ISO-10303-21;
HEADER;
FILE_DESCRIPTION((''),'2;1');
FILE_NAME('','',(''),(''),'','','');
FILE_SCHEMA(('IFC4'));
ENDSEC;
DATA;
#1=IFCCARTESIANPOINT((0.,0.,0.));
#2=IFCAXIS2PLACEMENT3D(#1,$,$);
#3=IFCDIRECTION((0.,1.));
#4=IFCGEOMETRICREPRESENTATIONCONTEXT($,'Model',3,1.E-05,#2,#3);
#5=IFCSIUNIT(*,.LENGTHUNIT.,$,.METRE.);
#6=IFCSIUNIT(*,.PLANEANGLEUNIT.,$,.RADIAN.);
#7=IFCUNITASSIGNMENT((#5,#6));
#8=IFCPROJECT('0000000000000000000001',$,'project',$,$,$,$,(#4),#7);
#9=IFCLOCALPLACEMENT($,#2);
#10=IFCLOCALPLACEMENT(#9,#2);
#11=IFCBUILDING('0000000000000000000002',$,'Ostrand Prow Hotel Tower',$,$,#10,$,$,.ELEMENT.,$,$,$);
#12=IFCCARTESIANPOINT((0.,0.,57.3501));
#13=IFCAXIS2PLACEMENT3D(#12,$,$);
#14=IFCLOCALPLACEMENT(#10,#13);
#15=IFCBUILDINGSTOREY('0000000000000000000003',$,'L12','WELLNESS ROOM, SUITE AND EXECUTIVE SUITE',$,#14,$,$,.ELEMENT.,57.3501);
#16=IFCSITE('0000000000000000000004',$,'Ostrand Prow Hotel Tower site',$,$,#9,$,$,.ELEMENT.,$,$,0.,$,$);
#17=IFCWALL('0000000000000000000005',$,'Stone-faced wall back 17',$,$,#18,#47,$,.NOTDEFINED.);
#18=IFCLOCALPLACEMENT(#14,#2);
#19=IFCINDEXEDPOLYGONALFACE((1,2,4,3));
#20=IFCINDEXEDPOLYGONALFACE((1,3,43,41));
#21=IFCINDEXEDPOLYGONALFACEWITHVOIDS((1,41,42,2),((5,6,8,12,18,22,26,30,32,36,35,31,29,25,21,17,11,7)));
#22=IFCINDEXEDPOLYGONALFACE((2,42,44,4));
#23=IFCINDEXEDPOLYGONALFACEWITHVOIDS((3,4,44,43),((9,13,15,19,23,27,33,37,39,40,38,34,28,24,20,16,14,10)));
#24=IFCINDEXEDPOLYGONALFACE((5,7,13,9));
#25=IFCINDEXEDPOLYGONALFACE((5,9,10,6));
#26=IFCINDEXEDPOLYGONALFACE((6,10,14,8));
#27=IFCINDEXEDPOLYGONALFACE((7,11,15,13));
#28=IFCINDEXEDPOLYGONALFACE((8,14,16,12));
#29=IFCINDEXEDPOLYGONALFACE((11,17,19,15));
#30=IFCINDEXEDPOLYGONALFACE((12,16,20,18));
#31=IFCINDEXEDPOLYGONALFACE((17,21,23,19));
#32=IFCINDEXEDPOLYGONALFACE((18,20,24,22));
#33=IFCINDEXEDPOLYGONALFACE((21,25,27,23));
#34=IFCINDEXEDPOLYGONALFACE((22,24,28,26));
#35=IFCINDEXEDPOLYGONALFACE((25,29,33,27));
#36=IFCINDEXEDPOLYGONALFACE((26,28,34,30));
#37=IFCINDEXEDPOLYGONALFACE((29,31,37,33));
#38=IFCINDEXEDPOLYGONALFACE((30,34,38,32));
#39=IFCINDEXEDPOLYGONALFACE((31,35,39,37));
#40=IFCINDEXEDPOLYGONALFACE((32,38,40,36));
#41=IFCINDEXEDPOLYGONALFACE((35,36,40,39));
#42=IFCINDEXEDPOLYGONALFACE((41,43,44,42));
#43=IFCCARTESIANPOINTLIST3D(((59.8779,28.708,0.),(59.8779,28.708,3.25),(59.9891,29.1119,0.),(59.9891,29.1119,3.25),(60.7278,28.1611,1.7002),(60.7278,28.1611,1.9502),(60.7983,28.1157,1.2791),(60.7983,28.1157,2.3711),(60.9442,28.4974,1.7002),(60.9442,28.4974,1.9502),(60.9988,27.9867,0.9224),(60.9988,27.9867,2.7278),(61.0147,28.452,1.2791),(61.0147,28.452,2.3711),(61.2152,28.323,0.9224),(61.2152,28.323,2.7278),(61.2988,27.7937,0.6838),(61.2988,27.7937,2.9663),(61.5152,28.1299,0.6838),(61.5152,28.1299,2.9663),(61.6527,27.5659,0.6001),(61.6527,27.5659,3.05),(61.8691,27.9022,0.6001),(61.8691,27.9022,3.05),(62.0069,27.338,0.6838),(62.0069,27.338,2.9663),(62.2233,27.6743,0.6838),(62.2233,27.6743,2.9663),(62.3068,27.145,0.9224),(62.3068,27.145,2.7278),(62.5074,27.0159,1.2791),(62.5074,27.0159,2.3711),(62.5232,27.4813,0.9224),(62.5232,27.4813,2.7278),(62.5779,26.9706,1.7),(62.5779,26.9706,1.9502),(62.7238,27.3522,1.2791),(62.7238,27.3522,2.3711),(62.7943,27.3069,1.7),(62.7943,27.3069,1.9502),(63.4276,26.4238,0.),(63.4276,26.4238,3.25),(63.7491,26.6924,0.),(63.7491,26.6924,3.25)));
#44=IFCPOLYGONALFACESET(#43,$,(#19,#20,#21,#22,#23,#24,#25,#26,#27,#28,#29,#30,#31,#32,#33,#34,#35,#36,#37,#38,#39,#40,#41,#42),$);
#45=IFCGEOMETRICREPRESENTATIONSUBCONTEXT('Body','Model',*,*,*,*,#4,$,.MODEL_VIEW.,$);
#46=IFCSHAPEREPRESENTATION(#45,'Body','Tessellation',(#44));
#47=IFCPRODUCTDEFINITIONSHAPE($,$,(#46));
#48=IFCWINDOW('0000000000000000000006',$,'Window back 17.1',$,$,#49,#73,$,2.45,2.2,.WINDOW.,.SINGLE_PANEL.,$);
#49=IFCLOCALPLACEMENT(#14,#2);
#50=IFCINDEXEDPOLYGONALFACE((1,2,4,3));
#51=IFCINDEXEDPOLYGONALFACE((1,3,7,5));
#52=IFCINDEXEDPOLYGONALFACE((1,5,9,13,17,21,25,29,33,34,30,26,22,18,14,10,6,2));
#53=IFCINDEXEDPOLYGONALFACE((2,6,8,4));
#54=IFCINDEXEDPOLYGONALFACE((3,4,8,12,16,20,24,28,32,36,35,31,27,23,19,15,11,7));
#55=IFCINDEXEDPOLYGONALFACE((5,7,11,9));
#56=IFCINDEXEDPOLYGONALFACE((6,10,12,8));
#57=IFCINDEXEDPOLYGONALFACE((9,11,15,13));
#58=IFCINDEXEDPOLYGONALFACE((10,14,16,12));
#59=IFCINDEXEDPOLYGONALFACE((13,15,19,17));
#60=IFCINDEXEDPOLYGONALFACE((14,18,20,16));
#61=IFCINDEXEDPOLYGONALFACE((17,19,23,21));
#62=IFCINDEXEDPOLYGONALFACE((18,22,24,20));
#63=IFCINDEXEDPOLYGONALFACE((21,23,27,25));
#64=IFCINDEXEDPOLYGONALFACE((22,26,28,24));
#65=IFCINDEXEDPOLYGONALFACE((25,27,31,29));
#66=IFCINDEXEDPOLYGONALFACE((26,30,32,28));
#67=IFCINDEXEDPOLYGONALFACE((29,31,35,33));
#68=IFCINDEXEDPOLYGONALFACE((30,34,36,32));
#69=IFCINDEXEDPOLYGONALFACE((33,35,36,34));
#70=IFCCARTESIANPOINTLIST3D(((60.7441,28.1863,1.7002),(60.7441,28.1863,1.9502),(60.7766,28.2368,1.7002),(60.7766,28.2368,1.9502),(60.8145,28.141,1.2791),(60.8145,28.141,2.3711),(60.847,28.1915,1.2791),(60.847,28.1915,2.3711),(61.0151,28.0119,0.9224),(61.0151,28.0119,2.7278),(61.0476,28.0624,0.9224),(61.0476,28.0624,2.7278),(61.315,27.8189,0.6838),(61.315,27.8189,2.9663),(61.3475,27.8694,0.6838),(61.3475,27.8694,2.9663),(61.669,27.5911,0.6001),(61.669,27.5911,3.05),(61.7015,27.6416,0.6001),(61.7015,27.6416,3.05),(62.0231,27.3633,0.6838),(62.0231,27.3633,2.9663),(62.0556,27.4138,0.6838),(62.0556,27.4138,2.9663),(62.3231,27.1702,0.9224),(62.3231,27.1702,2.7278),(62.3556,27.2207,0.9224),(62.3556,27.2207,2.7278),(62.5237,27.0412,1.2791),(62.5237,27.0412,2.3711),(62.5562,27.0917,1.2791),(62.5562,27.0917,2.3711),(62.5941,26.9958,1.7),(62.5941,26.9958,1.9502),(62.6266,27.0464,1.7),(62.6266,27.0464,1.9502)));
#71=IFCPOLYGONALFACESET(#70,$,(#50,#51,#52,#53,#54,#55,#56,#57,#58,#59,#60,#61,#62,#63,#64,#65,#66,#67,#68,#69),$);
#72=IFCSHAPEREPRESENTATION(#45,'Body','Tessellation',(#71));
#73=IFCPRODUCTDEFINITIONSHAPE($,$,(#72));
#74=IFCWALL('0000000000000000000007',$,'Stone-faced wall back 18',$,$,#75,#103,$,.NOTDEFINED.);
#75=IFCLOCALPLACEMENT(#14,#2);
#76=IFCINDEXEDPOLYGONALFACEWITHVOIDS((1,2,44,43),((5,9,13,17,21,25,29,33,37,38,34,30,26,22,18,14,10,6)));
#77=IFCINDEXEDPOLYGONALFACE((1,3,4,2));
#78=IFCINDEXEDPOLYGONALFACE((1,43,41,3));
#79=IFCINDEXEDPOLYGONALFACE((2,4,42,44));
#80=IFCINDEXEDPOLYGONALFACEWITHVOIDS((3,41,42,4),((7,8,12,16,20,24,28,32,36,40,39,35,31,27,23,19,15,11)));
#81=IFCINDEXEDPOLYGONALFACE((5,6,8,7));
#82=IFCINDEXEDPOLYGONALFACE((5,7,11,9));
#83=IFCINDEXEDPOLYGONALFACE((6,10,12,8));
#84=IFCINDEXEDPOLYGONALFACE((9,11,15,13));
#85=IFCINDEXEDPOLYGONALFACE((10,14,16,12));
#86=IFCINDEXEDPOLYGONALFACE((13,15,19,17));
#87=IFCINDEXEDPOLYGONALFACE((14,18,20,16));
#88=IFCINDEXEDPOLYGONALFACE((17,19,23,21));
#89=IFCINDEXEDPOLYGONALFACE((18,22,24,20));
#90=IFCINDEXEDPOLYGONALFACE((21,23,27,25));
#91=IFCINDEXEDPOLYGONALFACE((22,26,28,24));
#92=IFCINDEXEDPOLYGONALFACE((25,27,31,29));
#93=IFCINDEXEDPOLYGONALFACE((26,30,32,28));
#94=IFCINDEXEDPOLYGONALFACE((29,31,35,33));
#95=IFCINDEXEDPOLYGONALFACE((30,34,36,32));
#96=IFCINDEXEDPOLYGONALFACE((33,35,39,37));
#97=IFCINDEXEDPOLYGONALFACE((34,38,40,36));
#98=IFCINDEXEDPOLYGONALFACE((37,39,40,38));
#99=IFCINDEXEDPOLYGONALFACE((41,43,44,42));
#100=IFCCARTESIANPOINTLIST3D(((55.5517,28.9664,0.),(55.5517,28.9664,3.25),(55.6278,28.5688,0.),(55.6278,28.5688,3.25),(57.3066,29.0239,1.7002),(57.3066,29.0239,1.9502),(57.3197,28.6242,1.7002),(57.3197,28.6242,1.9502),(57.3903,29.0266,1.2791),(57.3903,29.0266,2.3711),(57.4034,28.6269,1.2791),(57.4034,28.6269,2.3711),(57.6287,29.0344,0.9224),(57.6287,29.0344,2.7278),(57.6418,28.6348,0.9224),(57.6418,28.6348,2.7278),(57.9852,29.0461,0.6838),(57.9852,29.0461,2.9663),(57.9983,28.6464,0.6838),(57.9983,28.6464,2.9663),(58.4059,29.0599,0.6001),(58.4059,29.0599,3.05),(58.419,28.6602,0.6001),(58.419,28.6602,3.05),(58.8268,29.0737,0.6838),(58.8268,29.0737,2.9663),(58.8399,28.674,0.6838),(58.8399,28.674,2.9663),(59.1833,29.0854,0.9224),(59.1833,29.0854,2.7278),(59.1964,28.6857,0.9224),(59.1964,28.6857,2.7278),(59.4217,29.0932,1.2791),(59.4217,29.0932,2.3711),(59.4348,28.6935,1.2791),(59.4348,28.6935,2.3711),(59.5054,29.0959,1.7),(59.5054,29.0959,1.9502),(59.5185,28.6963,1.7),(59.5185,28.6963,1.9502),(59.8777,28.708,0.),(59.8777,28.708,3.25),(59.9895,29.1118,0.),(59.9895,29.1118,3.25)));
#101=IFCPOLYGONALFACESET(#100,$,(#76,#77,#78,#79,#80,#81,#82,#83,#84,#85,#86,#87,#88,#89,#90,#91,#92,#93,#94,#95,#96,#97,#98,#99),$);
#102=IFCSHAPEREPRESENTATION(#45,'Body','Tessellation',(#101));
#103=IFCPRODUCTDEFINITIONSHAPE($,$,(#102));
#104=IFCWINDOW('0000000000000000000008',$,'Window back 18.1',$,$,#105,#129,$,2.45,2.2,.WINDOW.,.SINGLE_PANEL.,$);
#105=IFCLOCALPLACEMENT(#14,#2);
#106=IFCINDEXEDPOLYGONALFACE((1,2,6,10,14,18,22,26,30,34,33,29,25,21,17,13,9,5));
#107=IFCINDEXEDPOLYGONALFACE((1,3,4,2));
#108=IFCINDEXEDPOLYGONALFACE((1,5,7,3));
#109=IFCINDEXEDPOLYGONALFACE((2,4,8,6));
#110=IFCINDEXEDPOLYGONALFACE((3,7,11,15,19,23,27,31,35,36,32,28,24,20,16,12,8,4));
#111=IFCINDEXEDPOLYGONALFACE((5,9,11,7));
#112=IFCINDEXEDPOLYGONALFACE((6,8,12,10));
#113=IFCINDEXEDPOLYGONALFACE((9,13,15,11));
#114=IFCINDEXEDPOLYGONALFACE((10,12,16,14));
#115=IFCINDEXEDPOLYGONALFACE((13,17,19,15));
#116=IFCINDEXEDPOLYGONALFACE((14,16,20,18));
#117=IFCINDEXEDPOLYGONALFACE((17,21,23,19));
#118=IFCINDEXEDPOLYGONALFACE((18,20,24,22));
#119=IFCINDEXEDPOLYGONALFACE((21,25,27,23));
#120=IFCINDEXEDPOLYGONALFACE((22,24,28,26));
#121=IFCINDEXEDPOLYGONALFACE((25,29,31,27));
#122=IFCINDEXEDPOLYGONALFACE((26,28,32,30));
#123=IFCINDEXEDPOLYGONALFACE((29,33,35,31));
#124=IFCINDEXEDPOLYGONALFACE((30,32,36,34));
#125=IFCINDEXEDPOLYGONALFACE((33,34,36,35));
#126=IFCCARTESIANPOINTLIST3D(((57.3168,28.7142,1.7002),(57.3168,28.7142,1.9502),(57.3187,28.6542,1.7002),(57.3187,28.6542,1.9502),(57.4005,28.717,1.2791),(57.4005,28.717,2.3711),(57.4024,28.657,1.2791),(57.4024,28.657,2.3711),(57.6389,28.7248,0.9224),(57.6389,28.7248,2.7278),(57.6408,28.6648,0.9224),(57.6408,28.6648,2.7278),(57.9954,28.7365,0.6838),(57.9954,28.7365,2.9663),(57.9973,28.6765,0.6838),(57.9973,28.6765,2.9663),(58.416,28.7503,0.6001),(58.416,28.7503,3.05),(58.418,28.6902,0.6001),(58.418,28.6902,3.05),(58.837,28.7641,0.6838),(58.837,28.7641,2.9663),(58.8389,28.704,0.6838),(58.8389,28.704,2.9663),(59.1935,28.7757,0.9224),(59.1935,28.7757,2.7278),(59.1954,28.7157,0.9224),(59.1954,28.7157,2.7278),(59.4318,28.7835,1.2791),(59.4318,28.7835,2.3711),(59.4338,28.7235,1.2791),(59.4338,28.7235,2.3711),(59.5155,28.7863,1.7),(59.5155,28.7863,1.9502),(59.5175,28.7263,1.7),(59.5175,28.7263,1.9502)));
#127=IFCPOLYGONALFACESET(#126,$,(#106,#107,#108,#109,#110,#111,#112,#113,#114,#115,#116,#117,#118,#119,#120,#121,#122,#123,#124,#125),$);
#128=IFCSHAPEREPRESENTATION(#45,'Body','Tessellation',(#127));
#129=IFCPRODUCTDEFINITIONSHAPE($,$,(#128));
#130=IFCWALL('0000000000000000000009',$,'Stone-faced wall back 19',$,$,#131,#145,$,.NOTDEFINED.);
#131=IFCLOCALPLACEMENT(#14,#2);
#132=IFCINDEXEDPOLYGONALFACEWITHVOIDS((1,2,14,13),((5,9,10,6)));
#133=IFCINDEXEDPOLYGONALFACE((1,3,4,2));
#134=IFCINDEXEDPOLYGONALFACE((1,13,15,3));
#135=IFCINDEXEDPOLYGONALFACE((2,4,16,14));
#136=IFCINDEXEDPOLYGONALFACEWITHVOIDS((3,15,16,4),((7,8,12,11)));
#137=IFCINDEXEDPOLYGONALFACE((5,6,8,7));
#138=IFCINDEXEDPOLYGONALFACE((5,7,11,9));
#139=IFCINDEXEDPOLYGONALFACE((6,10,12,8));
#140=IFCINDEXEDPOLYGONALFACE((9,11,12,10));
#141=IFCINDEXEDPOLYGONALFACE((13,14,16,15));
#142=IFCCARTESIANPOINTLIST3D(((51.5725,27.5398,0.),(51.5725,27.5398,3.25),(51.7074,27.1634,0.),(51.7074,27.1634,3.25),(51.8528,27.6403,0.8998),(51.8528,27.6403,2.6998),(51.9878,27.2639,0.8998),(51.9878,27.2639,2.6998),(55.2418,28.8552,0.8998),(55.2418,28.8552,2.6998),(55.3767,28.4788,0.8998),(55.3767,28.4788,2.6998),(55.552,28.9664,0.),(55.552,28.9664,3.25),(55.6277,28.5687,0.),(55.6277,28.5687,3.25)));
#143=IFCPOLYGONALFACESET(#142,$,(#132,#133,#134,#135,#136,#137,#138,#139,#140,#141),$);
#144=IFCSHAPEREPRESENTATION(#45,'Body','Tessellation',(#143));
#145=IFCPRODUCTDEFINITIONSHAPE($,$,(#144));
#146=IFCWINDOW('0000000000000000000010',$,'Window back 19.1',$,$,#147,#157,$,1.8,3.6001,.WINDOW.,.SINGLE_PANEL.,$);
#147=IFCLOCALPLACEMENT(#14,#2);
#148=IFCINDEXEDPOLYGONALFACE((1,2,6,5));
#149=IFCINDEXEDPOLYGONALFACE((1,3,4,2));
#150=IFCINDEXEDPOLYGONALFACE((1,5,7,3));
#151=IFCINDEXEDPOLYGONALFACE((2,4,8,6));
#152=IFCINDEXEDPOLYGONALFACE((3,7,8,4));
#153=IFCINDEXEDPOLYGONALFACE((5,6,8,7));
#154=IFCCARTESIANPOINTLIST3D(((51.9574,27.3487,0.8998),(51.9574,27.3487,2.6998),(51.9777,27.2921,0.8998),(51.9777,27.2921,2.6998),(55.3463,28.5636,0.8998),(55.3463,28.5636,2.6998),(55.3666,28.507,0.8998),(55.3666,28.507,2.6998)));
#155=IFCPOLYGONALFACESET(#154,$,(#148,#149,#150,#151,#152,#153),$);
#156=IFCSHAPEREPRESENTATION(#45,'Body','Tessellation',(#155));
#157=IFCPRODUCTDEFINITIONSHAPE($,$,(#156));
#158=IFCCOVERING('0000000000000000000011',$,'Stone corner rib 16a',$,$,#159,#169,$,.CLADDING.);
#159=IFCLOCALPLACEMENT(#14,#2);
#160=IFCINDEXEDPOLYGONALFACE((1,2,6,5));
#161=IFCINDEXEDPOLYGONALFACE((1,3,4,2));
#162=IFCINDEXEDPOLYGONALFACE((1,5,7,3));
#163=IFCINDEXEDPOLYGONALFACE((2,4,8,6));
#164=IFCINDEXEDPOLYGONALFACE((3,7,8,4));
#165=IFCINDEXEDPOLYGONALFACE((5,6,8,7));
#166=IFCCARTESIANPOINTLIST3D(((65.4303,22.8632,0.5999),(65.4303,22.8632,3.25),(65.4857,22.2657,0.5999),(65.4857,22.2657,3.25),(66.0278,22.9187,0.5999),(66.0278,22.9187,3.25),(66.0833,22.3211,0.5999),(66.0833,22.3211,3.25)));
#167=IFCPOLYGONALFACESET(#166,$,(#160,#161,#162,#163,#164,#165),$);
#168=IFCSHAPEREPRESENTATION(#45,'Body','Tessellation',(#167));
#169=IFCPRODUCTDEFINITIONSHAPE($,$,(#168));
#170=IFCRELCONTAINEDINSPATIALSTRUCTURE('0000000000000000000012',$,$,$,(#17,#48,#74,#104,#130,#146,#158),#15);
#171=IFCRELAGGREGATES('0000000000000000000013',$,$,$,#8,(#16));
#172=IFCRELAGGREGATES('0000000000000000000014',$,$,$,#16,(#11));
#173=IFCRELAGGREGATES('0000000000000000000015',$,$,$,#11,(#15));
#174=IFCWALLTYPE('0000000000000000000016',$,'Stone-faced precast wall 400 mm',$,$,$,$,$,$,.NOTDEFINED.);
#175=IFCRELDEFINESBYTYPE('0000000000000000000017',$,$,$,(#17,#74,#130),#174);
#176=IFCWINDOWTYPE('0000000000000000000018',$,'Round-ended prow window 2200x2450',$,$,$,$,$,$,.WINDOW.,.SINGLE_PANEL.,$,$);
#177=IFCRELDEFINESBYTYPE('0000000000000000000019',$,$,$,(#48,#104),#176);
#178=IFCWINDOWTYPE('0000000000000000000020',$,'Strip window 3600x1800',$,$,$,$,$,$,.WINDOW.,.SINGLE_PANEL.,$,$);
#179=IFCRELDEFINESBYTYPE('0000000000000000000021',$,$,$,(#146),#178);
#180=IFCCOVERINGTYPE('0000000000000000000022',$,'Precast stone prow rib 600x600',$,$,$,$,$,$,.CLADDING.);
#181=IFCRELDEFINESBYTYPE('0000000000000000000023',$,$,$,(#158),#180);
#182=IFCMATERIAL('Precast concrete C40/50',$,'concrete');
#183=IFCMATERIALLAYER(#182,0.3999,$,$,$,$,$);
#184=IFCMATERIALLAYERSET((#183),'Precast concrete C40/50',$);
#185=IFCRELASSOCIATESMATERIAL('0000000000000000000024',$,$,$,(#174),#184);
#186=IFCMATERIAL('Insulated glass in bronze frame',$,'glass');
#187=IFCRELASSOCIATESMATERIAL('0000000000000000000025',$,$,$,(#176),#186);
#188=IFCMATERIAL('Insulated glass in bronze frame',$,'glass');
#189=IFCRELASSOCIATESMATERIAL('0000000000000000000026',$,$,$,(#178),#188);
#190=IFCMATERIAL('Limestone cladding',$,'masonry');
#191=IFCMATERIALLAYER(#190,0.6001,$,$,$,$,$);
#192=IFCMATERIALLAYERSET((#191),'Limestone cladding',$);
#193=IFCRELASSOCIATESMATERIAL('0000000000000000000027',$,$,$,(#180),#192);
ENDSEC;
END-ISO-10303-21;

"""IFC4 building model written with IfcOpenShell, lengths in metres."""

from ifc_helpers import new_model, si_unit, direction, frame, frame_2d, origin, place, context, subcontext, project, spatial, polyline, rectangle, outline, extrude, material, layer, layer_set, type_object, element, fill, save


model = new_model("IFC4")

# Units and contexts
model_context = context("Model", 3, precision=1e-05, world=origin(), true_north=direction((0.0, 1.0)))
body_context = subcontext(model_context, "Body", "Model", "MODEL_VIEW")
ifc_project = project(units=[si_unit("LENGTHUNIT", "METRE"), si_unit("PLANEANGLEUNIT", "RADIAN")], contexts=[model_context])

# Site, building, storey
site_placement = place(None, origin())
site = spatial("IfcSite", under=ifc_project, at=site_placement, Name="Ostrand Prow Hotel Tower site", CompositionType="ELEMENT", RefElevation=0.0)
building_placement = place(site_placement, origin())
building = spatial("IfcBuilding", under=site, at=building_placement, Name="Ostrand Prow Hotel Tower", CompositionType="ELEMENT")
storey_placement = place(building_placement, frame((0.0, 0.0, 57.3501)))
storey = spatial("IfcBuildingStorey", under=building, at=storey_placement, Name="L12", Description="WELLNESS ROOM, SUITE AND EXECUTIVE SUITE", CompositionType="ELEMENT", Elevation=57.3501)

# Walls, openings, windows
ifc_material_1 = material(Name="Precast concrete C40/50", Category="concrete")
ifc_layer_1 = layer(ifc_material_1, 0.3999)
ifc_layer_set_1 = layer_set([ifc_layer_1], Name="Precast concrete C40/50")
wall_type_1 = type_object("IfcWallType", Name="Stone-faced precast wall 400 mm", PredefinedType="NOTDEFINED", material=ifc_layer_set_1)
ifc_material_2 = material(Name="Insulated glass in bronze frame", Category="glass")
window_type_1 = type_object("IfcWindowType", Name="Round-ended prow window 2200x2450", PartitioningType="SINGLE_PANEL", PredefinedType="WINDOW", material=ifc_material_2)
wall_1_placement = place(storey_placement, frame((63.5884, 26.5581, 0.0), z_axis=(0.0, 0.0, 1.0), x_axis=(-0.840937, 0.541132, 0.0)))
wall_1 = element("IfcWall", 1, at=wall_1_placement, inside=storey, type_object=wall_type_1, Name="Stone-faced wall back 17", PredefinedType="NOTDEFINED", context=body_context, shape_type="SweptSolid", body=[
    extrude(outline(polyline([(-0.0625, -0.2), (4.4087, -0.2), (4.2837, 0.2), (0.0625, 0.2), (-0.0625, -0.2)])), origin(), (0.0, 0.0, 1.0), 3.25),
])
opening_1_placement = place(wall_1_placement, frame((1.073, 0.0, 0.6001)))
opening_1 = element("IfcOpeningElement", 2, at=opening_1_placement, cuts=wall_1, PredefinedType="OPENING", context=body_context, shape_type="SweptSolid", body=[
    extrude(outline(polyline([(0.0, 1.3501), (0.0837, 1.771), (0.3223, 2.1277), (0.679, 2.3662), (1.1001, 2.45), (1.521, 2.3662), (1.8777, 2.1277), (2.1162, 1.771), (2.2, 1.3501), (2.2, 1.1001), (2.1162, 0.679), (1.8777, 0.3223), (1.521, 0.0837), (1.1001, 0.0), (0.679, 0.0837), (0.3223, 0.3223), (0.0837, 0.679), (0.0, 1.0999), (0.0, 1.3501)])), frame((0.0, 0.21, 0.0), z_axis=(0.0, -1.0, 0.0), x_axis=(1.0, 0.0, 0.0)), (0.0, 0.0, 1.0), 0.4199),
])
window_1_placement = place(opening_1_placement, origin())
window_1 = element("IfcWindow", 3, at=window_1_placement, inside=storey, type_object=window_type_1, Name="Window back 17.1", OverallHeight=2.45, OverallWidth=2.2, PartitioningType="SINGLE_PANEL", PredefinedType="WINDOW", context=body_context, shape_type="SweptSolid", body=[
    extrude(outline(polyline([(0.0, 1.3501), (0.0837, 1.771), (0.3223, 2.1277), (0.679, 2.3662), (1.1001, 2.45), (1.521, 2.3662), (1.8777, 2.1277), (2.1162, 1.771), (2.2, 1.3501), (2.2, 1.1001), (2.1162, 0.679), (1.8777, 0.3223), (1.521, 0.0837), (1.1001, 0.0), (0.679, 0.0837), (0.3223, 0.3223), (0.0837, 0.679), (0.0, 1.0999), (0.0, 1.3501)])), frame((0.0, 0.1699, 0.0), z_axis=(0.0, -1.0, 0.0), x_axis=(1.0, 0.0, 0.0)), (0.0, 0.0, 1.0), 0.0601),
])
fill(opening_1, window_1)
wall_2_placement = place(storey_placement, frame((59.9336, 28.9099, 0.0), z_axis=(0.0, 0.0, 1.0), x_axis=(-0.999464, -0.03275, 0.0)))
wall_2 = element("IfcWall", 4, at=wall_2_placement, inside=storey, type_object=wall_type_1, Name="Stone-faced wall back 18", PredefinedType="NOTDEFINED", context=body_context, shape_type="SweptSolid", body=[
    extrude(outline(polyline([(-0.0625, -0.2), (4.3777, -0.2), (4.3147, 0.2), (0.0625, 0.2), (-0.0625, -0.2)])), origin(), (0.0, 0.0, 1.0), 3.25),
])
opening_2_placement = place(wall_2_placement, frame((0.4219, 0.0, 0.6001)))
opening_2 = element("IfcOpeningElement", 5, at=opening_2_placement, cuts=wall_2, PredefinedType="OPENING", context=body_context, shape_type="SweptSolid", body=[
    extrude(outline(polyline([(0.0, 1.3501), (0.0837, 1.771), (0.3223, 2.1277), (0.679, 2.3662), (1.1001, 2.45), (1.521, 2.3662), (1.8777, 2.1277), (2.1162, 1.771), (2.2, 1.3501), (2.2, 1.1001), (2.1162, 0.679), (1.8777, 0.3223), (1.521, 0.0837), (1.1001, 0.0), (0.679, 0.0837), (0.3223, 0.3223), (0.0837, 0.679), (0.0, 1.0999), (0.0, 1.3501)])), frame((0.0, 0.21, 0.0), z_axis=(0.0, -1.0, 0.0), x_axis=(1.0, 0.0, 0.0)), (0.0, 0.0, 1.0), 0.4199),
])
window_2_placement = place(opening_2_placement, origin())
window_2 = element("IfcWindow", 6, at=window_2_placement, inside=storey, type_object=window_type_1, Name="Window back 18.1", OverallHeight=2.45, OverallWidth=2.2, PartitioningType="SINGLE_PANEL", PredefinedType="WINDOW", context=body_context, shape_type="SweptSolid", body=[
    extrude(outline(polyline([(0.0, 1.3501), (0.0837, 1.771), (0.3223, 2.1277), (0.679, 2.3662), (1.1001, 2.45), (1.521, 2.3662), (1.8777, 2.1277), (2.1162, 1.771), (2.2, 1.3501), (2.2, 1.1001), (2.1162, 0.679), (1.8777, 0.3223), (1.521, 0.0837), (1.1001, 0.0), (0.679, 0.0837), (0.3223, 0.3223), (0.0837, 0.679), (0.0, 1.0999), (0.0, 1.3501)])), frame((0.0, 0.1699, 0.0), z_axis=(0.0, -1.0, 0.0), x_axis=(1.0, 0.0, 0.0)), (0.0, 0.0, 1.0), 0.0601),
])
fill(opening_2, window_2)
wall_3_placement = place(storey_placement, frame((55.5898, 28.7676, 0.0), z_axis=(0.0, 0.0, 1.0), x_axis=(-0.94134, -0.33746, 0.0)))
wall_3 = element("IfcWall", 7, at=wall_3_placement, inside=storey, type_object=wall_type_1, Name="Stone-faced wall back 19", PredefinedType="NOTDEFINED", context=body_context, shape_type="SweptSolid", body=[
    extrude(outline(polyline([(-0.0315, -0.2), (4.196, -0.2), (4.196, 0.2), (0.0315, 0.2), (-0.0315, -0.2)])), origin(), (0.0, 0.0, 1.0), 3.25),
])
opening_3_placement = place(wall_3_placement, frame((0.2981, 0.0, 0.8999)))
opening_3 = element("IfcOpeningElement", 8, at=opening_3_placement, cuts=wall_3, PredefinedType="OPENING", context=body_context, shape_type="SweptSolid", body=[
    extrude(rectangle(XDim=3.6001, YDim=1.8, at=frame_2d((1.8, 0.8999))), frame((0.0, 0.21, 0.0), z_axis=(0.0, -1.0, 0.0), x_axis=(1.0, 0.0, 0.0)), (0.0, 0.0, 1.0), 0.4199),
])
ifc_material_3 = material(Name="Insulated glass in bronze frame", Category="glass")
window_type_2 = type_object("IfcWindowType", Name="Strip window 3600x1800", PartitioningType="SINGLE_PANEL", PredefinedType="WINDOW", material=ifc_material_3)
window_3_placement = place(opening_3_placement, origin())
window_3 = element("IfcWindow", 9, at=window_3_placement, inside=storey, type_object=window_type_2, Name="Window back 19.1", OverallHeight=1.8, OverallWidth=3.6001, PartitioningType="SINGLE_PANEL", PredefinedType="WINDOW", context=body_context, shape_type="SweptSolid", body=[
    extrude(rectangle(XDim=3.6001, YDim=1.8, at=frame_2d((1.8, 0.8999))), frame((0.0, 0.1699, 0.0), z_axis=(0.0, -1.0, 0.0), x_axis=(1.0, 0.0, 0.0)), (0.0, 0.0, 1.0), 0.0601),
])
fill(opening_3, window_3)

# Covering
ifc_material_4 = material(Name="Limestone cladding", Category="masonry")
ifc_layer_2 = layer(ifc_material_4, 0.6001)
ifc_layer_set_2 = layer_set([ifc_layer_2], Name="Limestone cladding")
covering_type = type_object("IfcCoveringType", Name="Precast stone prow rib 600x600", PredefinedType="CLADDING", material=ifc_layer_set_2)
for number, where, z_axis, x_axis, name in (
    (10, (65.458, 22.5645, 0.5999), (0.0, 0.0, 1.0), (0.995725, 0.09237, 0.0), "Stone corner rib 16a"),
):
    element("IfcCovering", number, at=place(storey_placement, frame(where, z_axis=z_axis, x_axis=x_axis)), inside=storey, type_object=covering_type, Name=name, PredefinedType="CLADDING", context=body_context, shape_type="SweptSolid", body=[
        extrude(rectangle(XDim=0.6001, YDim=0.6001, at=frame_2d((0.3, 0.0))), origin(), (0.0, 0.0, 1.0), 2.6501),
    ])

save(model, "model.ifc")
